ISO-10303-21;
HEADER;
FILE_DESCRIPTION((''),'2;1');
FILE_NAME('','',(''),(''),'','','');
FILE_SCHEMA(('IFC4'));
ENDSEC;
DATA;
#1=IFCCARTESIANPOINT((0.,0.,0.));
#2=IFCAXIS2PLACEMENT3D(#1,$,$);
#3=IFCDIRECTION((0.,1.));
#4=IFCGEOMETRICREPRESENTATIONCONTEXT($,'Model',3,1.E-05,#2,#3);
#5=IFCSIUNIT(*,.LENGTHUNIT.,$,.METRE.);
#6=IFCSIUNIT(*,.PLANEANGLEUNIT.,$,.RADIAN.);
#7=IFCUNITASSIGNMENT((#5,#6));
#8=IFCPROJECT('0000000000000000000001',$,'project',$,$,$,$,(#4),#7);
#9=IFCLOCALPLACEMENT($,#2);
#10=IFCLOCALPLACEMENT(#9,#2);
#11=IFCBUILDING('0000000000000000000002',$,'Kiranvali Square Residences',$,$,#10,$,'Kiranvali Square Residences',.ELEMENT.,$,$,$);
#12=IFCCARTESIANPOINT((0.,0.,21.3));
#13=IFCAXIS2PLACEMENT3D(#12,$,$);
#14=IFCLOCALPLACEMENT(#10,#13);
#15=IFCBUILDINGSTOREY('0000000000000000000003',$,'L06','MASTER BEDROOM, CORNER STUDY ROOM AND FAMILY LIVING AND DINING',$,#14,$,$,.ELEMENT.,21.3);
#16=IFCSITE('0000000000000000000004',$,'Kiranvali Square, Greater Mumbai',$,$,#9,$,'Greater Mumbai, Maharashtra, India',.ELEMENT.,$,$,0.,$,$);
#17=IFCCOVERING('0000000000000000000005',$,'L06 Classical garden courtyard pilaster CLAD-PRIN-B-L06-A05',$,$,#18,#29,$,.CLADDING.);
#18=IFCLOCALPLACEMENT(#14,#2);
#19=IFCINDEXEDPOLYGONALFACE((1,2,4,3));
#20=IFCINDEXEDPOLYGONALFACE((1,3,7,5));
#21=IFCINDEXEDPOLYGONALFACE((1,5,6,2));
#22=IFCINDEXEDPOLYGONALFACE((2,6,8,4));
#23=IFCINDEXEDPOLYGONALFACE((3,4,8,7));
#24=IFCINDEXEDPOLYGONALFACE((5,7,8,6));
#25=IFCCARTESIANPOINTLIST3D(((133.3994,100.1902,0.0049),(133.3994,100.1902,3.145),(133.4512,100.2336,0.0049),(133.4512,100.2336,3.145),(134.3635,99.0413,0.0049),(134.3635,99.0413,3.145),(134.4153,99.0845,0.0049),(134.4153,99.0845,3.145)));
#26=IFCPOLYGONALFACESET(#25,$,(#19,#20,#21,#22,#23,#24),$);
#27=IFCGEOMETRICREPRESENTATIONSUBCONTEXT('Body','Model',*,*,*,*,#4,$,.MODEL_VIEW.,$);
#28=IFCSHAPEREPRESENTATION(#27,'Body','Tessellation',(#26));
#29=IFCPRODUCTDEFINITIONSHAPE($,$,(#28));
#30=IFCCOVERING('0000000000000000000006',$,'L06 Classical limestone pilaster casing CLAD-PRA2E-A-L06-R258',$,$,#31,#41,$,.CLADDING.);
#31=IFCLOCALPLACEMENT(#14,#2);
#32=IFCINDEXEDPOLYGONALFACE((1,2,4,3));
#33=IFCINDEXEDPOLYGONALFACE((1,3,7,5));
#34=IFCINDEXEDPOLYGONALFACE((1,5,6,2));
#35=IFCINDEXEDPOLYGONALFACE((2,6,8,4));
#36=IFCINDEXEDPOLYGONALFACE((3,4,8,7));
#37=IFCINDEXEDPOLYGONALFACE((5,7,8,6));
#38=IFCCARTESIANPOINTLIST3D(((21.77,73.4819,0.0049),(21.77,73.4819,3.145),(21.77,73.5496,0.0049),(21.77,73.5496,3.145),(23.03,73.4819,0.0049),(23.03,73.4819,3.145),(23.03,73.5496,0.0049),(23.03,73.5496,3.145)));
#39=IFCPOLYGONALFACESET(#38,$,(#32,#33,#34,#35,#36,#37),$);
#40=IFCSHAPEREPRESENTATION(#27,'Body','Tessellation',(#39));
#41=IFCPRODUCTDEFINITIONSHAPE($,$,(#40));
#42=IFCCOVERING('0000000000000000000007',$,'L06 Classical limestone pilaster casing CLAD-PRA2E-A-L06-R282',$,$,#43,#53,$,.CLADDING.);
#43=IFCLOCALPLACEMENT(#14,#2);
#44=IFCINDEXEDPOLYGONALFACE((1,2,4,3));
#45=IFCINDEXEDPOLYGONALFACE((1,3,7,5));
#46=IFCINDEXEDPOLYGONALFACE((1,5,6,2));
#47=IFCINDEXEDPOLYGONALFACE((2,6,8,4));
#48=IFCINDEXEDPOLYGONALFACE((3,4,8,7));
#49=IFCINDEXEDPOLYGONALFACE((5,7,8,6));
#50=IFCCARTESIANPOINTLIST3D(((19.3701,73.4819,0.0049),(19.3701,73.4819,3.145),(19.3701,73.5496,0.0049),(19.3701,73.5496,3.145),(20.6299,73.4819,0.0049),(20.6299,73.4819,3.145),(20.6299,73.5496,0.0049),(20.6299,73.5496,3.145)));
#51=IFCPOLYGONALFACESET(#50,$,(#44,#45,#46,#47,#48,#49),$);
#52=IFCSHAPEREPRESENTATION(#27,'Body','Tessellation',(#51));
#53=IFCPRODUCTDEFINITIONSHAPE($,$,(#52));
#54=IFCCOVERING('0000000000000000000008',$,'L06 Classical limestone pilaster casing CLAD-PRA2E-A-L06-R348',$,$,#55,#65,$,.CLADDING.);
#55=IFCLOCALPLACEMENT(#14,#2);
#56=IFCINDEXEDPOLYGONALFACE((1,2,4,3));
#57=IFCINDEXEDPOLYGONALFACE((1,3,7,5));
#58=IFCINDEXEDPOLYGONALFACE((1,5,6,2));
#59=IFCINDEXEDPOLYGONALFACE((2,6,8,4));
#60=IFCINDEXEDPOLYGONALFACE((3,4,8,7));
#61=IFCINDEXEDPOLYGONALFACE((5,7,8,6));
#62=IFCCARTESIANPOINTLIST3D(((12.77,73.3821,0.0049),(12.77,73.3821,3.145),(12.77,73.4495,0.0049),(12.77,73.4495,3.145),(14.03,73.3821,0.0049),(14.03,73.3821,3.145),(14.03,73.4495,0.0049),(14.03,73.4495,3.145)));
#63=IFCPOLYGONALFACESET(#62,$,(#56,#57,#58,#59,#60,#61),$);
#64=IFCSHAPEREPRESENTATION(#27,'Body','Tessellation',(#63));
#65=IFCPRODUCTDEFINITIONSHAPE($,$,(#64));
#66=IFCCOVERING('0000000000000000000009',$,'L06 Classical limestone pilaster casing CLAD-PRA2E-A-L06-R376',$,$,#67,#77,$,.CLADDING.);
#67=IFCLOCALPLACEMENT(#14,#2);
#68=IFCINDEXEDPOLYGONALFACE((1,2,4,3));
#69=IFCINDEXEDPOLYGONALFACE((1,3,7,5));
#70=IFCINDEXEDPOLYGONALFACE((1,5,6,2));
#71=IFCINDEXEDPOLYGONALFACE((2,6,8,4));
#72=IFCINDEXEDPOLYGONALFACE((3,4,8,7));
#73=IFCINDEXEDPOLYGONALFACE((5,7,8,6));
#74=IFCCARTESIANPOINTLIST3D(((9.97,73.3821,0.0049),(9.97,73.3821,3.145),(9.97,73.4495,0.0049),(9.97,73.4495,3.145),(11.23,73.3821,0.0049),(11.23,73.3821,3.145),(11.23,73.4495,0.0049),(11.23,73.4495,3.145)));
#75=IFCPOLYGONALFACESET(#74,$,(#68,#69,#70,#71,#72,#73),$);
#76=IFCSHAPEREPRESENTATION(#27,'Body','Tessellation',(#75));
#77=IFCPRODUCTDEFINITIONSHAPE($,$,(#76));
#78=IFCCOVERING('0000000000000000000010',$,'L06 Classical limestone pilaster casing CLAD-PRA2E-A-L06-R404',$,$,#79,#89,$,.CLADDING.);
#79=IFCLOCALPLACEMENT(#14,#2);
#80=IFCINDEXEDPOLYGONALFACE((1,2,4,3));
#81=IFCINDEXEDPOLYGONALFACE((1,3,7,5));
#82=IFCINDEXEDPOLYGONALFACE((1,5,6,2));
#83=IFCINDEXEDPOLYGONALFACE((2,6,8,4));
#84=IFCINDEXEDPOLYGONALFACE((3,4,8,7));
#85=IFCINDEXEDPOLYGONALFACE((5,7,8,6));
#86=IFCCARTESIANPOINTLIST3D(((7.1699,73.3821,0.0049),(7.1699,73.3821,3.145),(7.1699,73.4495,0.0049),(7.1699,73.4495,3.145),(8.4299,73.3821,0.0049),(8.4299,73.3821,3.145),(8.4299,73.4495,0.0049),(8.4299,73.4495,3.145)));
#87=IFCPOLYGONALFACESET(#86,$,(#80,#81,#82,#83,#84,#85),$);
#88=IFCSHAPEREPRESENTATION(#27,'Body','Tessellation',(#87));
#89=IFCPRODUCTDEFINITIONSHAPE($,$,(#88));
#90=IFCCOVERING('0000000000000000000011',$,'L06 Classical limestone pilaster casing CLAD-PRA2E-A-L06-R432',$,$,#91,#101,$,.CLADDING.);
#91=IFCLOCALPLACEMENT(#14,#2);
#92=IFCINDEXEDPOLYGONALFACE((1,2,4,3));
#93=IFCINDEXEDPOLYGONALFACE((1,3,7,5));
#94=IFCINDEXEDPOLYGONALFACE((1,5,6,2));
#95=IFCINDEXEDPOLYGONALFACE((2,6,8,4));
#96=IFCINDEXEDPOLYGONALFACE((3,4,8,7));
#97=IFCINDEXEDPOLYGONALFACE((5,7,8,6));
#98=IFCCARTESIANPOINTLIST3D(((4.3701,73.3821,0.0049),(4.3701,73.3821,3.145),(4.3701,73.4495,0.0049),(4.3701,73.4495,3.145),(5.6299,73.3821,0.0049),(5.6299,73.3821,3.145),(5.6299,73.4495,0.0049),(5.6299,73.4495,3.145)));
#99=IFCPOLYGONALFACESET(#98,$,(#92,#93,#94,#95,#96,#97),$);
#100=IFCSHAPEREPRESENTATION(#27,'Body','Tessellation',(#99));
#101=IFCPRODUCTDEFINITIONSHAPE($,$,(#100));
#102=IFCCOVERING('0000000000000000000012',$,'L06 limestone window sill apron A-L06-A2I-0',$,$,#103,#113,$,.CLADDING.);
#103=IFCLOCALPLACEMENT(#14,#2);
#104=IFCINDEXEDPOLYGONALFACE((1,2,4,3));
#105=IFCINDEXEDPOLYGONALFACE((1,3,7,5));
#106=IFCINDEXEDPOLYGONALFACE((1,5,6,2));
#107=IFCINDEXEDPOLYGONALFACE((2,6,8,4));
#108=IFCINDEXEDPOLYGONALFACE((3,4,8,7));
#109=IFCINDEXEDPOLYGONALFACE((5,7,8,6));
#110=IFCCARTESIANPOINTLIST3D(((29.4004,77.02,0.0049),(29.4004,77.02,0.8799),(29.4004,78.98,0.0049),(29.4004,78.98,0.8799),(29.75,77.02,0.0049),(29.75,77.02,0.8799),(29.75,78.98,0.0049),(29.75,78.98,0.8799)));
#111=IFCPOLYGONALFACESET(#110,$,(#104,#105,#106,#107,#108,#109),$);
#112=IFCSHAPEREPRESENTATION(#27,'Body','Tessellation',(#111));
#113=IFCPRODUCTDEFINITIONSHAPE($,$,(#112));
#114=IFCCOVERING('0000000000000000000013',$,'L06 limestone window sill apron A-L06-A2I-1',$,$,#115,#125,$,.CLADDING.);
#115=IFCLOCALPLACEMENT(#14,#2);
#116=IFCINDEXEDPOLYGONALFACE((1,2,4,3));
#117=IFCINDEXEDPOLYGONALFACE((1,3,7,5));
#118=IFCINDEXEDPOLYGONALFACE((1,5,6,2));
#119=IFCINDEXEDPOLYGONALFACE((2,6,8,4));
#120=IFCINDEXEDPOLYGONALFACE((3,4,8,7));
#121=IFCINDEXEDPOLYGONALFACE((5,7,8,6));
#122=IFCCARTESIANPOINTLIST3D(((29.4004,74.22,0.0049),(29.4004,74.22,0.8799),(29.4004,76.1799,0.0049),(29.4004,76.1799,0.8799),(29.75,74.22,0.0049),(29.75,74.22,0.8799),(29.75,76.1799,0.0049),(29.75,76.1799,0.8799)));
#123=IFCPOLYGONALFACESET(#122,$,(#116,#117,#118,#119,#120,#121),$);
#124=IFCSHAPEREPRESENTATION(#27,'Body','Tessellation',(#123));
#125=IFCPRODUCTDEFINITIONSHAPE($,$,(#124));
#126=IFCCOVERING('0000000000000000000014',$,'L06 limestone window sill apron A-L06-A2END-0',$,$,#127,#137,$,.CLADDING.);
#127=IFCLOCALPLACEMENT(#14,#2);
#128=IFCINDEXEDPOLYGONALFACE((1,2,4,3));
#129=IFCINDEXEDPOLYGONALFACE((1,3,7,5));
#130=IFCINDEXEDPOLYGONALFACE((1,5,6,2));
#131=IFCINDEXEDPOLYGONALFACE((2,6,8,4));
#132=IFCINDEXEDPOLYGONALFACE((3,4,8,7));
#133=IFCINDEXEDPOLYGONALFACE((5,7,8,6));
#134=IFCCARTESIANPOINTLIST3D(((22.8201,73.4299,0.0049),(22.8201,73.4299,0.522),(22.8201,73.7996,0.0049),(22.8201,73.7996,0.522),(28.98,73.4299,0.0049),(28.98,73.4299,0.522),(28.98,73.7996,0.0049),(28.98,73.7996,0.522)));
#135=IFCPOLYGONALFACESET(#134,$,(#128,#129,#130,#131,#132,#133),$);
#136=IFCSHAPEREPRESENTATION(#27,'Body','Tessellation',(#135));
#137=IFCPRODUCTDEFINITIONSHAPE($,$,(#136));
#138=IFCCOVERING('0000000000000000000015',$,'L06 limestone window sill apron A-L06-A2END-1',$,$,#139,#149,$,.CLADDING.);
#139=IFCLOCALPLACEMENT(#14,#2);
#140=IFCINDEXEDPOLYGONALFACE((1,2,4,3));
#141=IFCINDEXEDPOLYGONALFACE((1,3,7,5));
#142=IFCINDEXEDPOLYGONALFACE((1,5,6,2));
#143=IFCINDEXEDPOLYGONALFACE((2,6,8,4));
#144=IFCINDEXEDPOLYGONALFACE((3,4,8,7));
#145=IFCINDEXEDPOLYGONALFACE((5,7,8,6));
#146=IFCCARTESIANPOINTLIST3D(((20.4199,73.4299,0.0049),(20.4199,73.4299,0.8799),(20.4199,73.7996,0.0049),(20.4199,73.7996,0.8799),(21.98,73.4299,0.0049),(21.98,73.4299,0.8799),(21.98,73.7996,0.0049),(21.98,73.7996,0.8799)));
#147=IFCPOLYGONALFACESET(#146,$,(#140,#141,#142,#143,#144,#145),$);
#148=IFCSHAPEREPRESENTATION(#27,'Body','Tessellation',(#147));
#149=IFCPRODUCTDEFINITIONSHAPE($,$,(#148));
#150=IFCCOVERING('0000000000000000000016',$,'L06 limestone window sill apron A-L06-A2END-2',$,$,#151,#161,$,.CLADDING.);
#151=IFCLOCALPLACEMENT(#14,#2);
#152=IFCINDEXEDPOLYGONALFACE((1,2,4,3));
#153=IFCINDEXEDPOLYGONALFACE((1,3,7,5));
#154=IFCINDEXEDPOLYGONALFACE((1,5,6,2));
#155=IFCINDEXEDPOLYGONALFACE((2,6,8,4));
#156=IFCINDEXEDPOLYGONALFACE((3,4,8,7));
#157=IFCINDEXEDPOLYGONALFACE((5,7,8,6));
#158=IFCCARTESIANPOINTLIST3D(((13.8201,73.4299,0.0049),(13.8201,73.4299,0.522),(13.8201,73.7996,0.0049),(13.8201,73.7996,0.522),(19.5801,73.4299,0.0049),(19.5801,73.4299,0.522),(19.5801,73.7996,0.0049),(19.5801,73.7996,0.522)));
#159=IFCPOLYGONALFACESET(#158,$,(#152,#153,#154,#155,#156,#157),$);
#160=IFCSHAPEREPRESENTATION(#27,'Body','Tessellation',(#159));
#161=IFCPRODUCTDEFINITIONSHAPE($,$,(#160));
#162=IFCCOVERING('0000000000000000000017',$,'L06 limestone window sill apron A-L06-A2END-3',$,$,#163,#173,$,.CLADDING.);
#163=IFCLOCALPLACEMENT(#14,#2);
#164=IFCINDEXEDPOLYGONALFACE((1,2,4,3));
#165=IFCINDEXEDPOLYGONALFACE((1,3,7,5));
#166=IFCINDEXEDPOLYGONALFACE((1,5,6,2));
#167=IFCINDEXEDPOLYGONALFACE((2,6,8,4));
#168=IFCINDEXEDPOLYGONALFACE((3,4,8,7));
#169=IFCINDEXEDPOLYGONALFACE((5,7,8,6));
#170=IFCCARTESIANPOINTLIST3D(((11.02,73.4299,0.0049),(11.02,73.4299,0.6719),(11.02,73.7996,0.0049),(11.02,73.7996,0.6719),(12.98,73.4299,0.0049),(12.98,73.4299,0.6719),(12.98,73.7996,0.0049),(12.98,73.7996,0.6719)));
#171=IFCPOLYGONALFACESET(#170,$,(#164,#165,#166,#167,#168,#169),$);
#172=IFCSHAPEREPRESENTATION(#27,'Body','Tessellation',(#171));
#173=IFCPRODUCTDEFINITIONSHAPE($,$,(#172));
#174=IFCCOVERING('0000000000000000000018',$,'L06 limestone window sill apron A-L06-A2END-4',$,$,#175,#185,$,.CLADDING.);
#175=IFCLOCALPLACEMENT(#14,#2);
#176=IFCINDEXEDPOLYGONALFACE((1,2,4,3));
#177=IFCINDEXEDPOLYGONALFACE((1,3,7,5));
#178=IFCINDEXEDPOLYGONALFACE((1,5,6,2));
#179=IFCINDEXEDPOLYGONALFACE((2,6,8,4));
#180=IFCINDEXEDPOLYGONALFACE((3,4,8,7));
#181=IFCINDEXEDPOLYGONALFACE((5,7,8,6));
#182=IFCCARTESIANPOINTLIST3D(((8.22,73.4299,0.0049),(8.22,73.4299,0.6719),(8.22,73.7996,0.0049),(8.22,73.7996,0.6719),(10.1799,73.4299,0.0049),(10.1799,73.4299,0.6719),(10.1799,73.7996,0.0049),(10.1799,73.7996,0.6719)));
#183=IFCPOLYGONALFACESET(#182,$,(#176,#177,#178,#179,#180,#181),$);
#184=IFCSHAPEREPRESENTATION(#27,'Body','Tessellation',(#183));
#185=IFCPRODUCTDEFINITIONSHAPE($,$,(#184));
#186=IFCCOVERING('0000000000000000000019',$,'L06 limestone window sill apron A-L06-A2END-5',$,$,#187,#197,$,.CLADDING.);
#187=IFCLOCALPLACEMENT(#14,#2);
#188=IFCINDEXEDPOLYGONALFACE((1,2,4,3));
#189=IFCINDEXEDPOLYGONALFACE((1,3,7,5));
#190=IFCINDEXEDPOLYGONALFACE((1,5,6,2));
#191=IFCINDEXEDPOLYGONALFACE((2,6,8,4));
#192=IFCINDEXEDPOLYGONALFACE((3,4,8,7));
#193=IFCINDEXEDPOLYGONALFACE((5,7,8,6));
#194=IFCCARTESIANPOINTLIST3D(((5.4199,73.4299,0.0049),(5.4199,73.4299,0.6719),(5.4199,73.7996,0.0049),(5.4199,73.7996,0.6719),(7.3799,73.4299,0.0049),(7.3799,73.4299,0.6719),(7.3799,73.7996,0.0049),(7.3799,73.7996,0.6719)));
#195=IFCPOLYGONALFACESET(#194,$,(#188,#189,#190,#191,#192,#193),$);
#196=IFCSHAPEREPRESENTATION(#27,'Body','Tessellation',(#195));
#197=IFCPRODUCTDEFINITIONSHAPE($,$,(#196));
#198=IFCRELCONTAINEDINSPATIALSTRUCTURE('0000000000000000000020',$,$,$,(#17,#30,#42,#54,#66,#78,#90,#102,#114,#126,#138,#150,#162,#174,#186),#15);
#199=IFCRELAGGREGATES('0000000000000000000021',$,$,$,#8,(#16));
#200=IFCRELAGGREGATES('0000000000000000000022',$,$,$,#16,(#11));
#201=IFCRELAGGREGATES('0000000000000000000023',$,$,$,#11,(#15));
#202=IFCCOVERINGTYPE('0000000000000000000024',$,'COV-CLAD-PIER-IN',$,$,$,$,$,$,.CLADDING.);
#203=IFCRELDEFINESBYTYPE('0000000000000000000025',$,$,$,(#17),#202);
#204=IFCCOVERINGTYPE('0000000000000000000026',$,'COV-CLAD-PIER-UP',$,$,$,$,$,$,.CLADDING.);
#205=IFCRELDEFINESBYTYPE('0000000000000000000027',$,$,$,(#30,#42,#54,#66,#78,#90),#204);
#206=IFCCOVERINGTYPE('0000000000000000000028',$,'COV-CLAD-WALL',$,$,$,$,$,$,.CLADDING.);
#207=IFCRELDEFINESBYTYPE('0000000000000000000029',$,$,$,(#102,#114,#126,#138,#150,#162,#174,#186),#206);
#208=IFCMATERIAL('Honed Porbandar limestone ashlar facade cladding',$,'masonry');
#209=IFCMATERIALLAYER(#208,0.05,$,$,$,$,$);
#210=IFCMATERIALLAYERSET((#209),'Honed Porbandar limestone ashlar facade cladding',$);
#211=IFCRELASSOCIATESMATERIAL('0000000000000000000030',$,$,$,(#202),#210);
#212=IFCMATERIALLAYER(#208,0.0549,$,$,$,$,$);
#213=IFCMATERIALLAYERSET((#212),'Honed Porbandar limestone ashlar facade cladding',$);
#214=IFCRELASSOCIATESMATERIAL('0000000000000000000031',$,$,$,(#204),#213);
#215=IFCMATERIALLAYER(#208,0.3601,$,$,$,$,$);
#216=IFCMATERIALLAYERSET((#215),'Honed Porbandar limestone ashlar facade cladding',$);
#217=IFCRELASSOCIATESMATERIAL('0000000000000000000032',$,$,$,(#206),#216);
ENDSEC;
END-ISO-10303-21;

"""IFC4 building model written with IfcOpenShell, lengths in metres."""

from ifc_helpers import new_model, si_unit, direction, frame, origin, place, context, subcontext, project, spatial, polyline, outline, extrude, material, layer, layer_set, type_object, element, save


model = new_model("IFC4")

# Units and contexts
model_context = context("Model", 3, precision=1e-05, world=origin(), true_north=direction((0.0, 1.0)))
body_context = subcontext(model_context, "Body", "Model", "MODEL_VIEW")
ifc_project = project(units=[si_unit("LENGTHUNIT", "METRE"), si_unit("PLANEANGLEUNIT", "RADIAN")], contexts=[model_context])

# Site, building, storey
site_placement = place(None, origin())
site = spatial("IfcSite", under=ifc_project, at=site_placement, Name="Kiranvali Square, Greater Mumbai", LongName="Greater Mumbai, Maharashtra, India", CompositionType="ELEMENT", RefElevation=0.0)
building_placement = place(site_placement, origin())
building = spatial("IfcBuilding", under=site, at=building_placement, Name="Kiranvali Square Residences", LongName="Kiranvali Square Residences", CompositionType="ELEMENT")
storey_placement = place(building_placement, frame((0.0, 0.0, 21.3)))
storey = spatial("IfcBuildingStorey", under=building, at=storey_placement, Name="L06", Description="MASTER BEDROOM, CORNER STUDY ROOM AND FAMILY LIVING AND DINING", CompositionType="ELEMENT", Elevation=21.3)

# Coverings
ifc_material = material(Name="Honed Porbandar limestone ashlar facade cladding", Category="masonry")
ifc_layer_1 = layer(ifc_material, 0.05)
ifc_layer_set_1 = layer_set([ifc_layer_1], Name="Honed Porbandar limestone ashlar facade cladding")
covering_type_1 = type_object("IfcCoveringType", Name="COV-CLAD-PIER-IN", PredefinedType="CLADDING", material=ifc_layer_set_1)
covering_1_placement = place(storey_placement, frame((0.0, 0.0, 0.0049)))
element("IfcCovering", 1, at=covering_1_placement, inside=storey, type_object=covering_type_1, Name="L06 Classical garden courtyard pilaster CLAD-PRIN-B-L06-A05", PredefinedType="CLADDING", context=body_context, shape_type="SweptSolid", body=[
    extrude(outline(polyline([(133.3994, 100.1902), (134.3635, 99.0413), (134.4153, 99.0845), (133.4512, 100.2336), (133.3994, 100.1902)])), origin(), (0.0, 0.0, 1.0), 3.1401),
])
ifc_layer_2 = layer(ifc_material, 0.0549)
ifc_layer_set_2 = layer_set([ifc_layer_2], Name="Honed Porbandar limestone ashlar facade cladding")
covering_type_2 = type_object("IfcCoveringType", Name="COV-CLAD-PIER-UP", PredefinedType="CLADDING", material=ifc_layer_set_2)
covering_2_placement = place(storey_placement, frame((0.0, 0.0, 0.0049)))
element("IfcCovering", 2, at=covering_2_placement, inside=storey, type_object=covering_type_2, Name="L06 Classical limestone pilaster casing CLAD-PRA2E-A-L06-R258", PredefinedType="CLADDING", context=body_context, shape_type="SweptSolid", body=[
    extrude(outline(polyline([(23.03, 73.5496), (21.77, 73.5496), (21.77, 73.4819), (23.03, 73.4819), (23.03, 73.5496)])), origin(), (0.0, 0.0, 1.0), 3.1401),
])
covering_3_placement = place(storey_placement, frame((0.0, 0.0, 0.0049)))
element("IfcCovering", 3, at=covering_3_placement, inside=storey, type_object=covering_type_2, Name="L06 Classical limestone pilaster casing CLAD-PRA2E-A-L06-R282", PredefinedType="CLADDING", context=body_context, shape_type="SweptSolid", body=[
    extrude(outline(polyline([(20.6299, 73.5496), (19.3701, 73.5496), (19.3701, 73.4819), (20.6299, 73.4819), (20.6299, 73.5496)])), origin(), (0.0, 0.0, 1.0), 3.1401),
])
covering_4_placement = place(storey_placement, frame((0.0, 0.0, 0.0049)))
element("IfcCovering", 4, at=covering_4_placement, inside=storey, type_object=covering_type_2, Name="L06 Classical limestone pilaster casing CLAD-PRA2E-A-L06-R348", PredefinedType="CLADDING", context=body_context, shape_type="SweptSolid", body=[
    extrude(outline(polyline([(14.03, 73.4495), (12.77, 73.4495), (12.77, 73.3821), (14.03, 73.3821), (14.03, 73.4495)])), origin(), (0.0, 0.0, 1.0), 3.1401),
])
covering_5_placement = place(storey_placement, frame((0.0, 0.0, 0.0049)))
element("IfcCovering", 5, at=covering_5_placement, inside=storey, type_object=covering_type_2, Name="L06 Classical limestone pilaster casing CLAD-PRA2E-A-L06-R376", PredefinedType="CLADDING", context=body_context, shape_type="SweptSolid", body=[
    extrude(outline(polyline([(11.23, 73.4495), (9.97, 73.4495), (9.97, 73.3821), (11.23, 73.3821), (11.23, 73.4495)])), origin(), (0.0, 0.0, 1.0), 3.1401),
])
covering_6_placement = place(storey_placement, frame((0.0, 0.0, 0.0049)))
element("IfcCovering", 6, at=covering_6_placement, inside=storey, type_object=covering_type_2, Name="L06 Classical limestone pilaster casing CLAD-PRA2E-A-L06-R404", PredefinedType="CLADDING", context=body_context, shape_type="SweptSolid", body=[
    extrude(outline(polyline([(8.4299, 73.4495), (7.1699, 73.4495), (7.1699, 73.3821), (8.4299, 73.3821), (8.4299, 73.4495)])), origin(), (0.0, 0.0, 1.0), 3.1401),
])
covering_7_placement = place(storey_placement, frame((0.0, 0.0, 0.0049)))
element("IfcCovering", 7, at=covering_7_placement, inside=storey, type_object=covering_type_2, Name="L06 Classical limestone pilaster casing CLAD-PRA2E-A-L06-R432", PredefinedType="CLADDING", context=body_context, shape_type="SweptSolid", body=[
    extrude(outline(polyline([(5.6299, 73.4495), (4.3701, 73.4495), (4.3701, 73.3821), (5.6299, 73.3821), (5.6299, 73.4495)])), origin(), (0.0, 0.0, 1.0), 3.1401),
])
ifc_layer_3 = layer(ifc_material, 0.3601)
ifc_layer_set_3 = layer_set([ifc_layer_3], Name="Honed Porbandar limestone ashlar facade cladding")
covering_type_3 = type_object("IfcCoveringType", Name="COV-CLAD-WALL", PredefinedType="CLADDING", material=ifc_layer_set_3)
covering_8_placement = place(storey_placement, frame((0.0, 0.0, 0.0049)))
element("IfcCovering", 8, at=covering_8_placement, inside=storey, type_object=covering_type_3, Name="L06 limestone window sill apron A-L06-A2I-0", PredefinedType="CLADDING", context=body_context, shape_type="SweptSolid", body=[
    extrude(outline(polyline([(29.4004, 78.98), (29.4004, 77.02), (29.75, 77.02), (29.75, 78.98), (29.4004, 78.98)])), origin(), (0.0, 0.0, 1.0), 0.875),
])
covering_9_placement = place(storey_placement, frame((0.0, 0.0, 0.0049)))
element("IfcCovering", 9, at=covering_9_placement, inside=storey, type_object=covering_type_3, Name="L06 limestone window sill apron A-L06-A2I-1", PredefinedType="CLADDING", context=body_context, shape_type="SweptSolid", body=[
    extrude(outline(polyline([(29.4004, 76.1799), (29.4004, 74.22), (29.75, 74.22), (29.75, 76.1799), (29.4004, 76.1799)])), origin(), (0.0, 0.0, 1.0), 0.875),
])
covering_10_placement = place(storey_placement, frame((0.0, 0.0, 0.0049)))
element("IfcCovering", 10, at=covering_10_placement, inside=storey, type_object=covering_type_3, Name="L06 limestone window sill apron A-L06-A2END-0", PredefinedType="CLADDING", context=body_context, shape_type="SweptSolid", body=[
    extrude(outline(polyline([(28.98, 73.7996), (22.8201, 73.7996), (22.8201, 73.4299), (28.98, 73.4299), (28.98, 73.7996)])), origin(), (0.0, 0.0, 1.0), 0.5171),
])
covering_11_placement = place(storey_placement, frame((0.0, 0.0, 0.0049)))
element("IfcCovering", 11, at=covering_11_placement, inside=storey, type_object=covering_type_3, Name="L06 limestone window sill apron A-L06-A2END-1", PredefinedType="CLADDING", context=body_context, shape_type="SweptSolid", body=[
    extrude(outline(polyline([(21.98, 73.7996), (20.4199, 73.7996), (20.4199, 73.4299), (21.98, 73.4299), (21.98, 73.7996)])), origin(), (0.0, 0.0, 1.0), 0.875),
])
covering_12_placement = place(storey_placement, frame((0.0, 0.0, 0.0049)))
element("IfcCovering", 12, at=covering_12_placement, inside=storey, type_object=covering_type_3, Name="L06 limestone window sill apron A-L06-A2END-2", PredefinedType="CLADDING", context=body_context, shape_type="SweptSolid", body=[
    extrude(outline(polyline([(19.5801, 73.7996), (13.8201, 73.7996), (13.8201, 73.4299), (19.5801, 73.4299), (19.5801, 73.7996)])), origin(), (0.0, 0.0, 1.0), 0.5171),
])
covering_13_placement = place(storey_placement, frame((0.0, 0.0, 0.0049)))
element("IfcCovering", 13, at=covering_13_placement, inside=storey, type_object=covering_type_3, Name="L06 limestone window sill apron A-L06-A2END-3", PredefinedType="CLADDING", context=body_context, shape_type="SweptSolid", body=[
    extrude(outline(polyline([(12.98, 73.7996), (11.02, 73.7996), (11.02, 73.4299), (12.98, 73.4299), (12.98, 73.7996)])), origin(), (0.0, 0.0, 1.0), 0.667),
])
covering_14_placement = place(storey_placement, frame((0.0, 0.0, 0.0049)))
element("IfcCovering", 14, at=covering_14_placement, inside=storey, type_object=covering_type_3, Name="L06 limestone window sill apron A-L06-A2END-4", PredefinedType="CLADDING", context=body_context, shape_type="SweptSolid", body=[
    extrude(outline(polyline([(10.1799, 73.7996), (8.22, 73.7996), (8.22, 73.4299), (10.1799, 73.4299), (10.1799, 73.7996)])), origin(), (0.0, 0.0, 1.0), 0.667),
])
covering_15_placement = place(storey_placement, frame((0.0, 0.0, 0.0049)))
element("IfcCovering", 15, at=covering_15_placement, inside=storey, type_object=covering_type_3, Name="L06 limestone window sill apron A-L06-A2END-5", PredefinedType="CLADDING", context=body_context, shape_type="SweptSolid", body=[
    extrude(outline(polyline([(7.3799, 73.7996), (5.4199, 73.7996), (5.4199, 73.4299), (7.3799, 73.4299), (7.3799, 73.7996)])), origin(), (0.0, 0.0, 1.0), 0.667),
])

save(model, "model.ifc")
